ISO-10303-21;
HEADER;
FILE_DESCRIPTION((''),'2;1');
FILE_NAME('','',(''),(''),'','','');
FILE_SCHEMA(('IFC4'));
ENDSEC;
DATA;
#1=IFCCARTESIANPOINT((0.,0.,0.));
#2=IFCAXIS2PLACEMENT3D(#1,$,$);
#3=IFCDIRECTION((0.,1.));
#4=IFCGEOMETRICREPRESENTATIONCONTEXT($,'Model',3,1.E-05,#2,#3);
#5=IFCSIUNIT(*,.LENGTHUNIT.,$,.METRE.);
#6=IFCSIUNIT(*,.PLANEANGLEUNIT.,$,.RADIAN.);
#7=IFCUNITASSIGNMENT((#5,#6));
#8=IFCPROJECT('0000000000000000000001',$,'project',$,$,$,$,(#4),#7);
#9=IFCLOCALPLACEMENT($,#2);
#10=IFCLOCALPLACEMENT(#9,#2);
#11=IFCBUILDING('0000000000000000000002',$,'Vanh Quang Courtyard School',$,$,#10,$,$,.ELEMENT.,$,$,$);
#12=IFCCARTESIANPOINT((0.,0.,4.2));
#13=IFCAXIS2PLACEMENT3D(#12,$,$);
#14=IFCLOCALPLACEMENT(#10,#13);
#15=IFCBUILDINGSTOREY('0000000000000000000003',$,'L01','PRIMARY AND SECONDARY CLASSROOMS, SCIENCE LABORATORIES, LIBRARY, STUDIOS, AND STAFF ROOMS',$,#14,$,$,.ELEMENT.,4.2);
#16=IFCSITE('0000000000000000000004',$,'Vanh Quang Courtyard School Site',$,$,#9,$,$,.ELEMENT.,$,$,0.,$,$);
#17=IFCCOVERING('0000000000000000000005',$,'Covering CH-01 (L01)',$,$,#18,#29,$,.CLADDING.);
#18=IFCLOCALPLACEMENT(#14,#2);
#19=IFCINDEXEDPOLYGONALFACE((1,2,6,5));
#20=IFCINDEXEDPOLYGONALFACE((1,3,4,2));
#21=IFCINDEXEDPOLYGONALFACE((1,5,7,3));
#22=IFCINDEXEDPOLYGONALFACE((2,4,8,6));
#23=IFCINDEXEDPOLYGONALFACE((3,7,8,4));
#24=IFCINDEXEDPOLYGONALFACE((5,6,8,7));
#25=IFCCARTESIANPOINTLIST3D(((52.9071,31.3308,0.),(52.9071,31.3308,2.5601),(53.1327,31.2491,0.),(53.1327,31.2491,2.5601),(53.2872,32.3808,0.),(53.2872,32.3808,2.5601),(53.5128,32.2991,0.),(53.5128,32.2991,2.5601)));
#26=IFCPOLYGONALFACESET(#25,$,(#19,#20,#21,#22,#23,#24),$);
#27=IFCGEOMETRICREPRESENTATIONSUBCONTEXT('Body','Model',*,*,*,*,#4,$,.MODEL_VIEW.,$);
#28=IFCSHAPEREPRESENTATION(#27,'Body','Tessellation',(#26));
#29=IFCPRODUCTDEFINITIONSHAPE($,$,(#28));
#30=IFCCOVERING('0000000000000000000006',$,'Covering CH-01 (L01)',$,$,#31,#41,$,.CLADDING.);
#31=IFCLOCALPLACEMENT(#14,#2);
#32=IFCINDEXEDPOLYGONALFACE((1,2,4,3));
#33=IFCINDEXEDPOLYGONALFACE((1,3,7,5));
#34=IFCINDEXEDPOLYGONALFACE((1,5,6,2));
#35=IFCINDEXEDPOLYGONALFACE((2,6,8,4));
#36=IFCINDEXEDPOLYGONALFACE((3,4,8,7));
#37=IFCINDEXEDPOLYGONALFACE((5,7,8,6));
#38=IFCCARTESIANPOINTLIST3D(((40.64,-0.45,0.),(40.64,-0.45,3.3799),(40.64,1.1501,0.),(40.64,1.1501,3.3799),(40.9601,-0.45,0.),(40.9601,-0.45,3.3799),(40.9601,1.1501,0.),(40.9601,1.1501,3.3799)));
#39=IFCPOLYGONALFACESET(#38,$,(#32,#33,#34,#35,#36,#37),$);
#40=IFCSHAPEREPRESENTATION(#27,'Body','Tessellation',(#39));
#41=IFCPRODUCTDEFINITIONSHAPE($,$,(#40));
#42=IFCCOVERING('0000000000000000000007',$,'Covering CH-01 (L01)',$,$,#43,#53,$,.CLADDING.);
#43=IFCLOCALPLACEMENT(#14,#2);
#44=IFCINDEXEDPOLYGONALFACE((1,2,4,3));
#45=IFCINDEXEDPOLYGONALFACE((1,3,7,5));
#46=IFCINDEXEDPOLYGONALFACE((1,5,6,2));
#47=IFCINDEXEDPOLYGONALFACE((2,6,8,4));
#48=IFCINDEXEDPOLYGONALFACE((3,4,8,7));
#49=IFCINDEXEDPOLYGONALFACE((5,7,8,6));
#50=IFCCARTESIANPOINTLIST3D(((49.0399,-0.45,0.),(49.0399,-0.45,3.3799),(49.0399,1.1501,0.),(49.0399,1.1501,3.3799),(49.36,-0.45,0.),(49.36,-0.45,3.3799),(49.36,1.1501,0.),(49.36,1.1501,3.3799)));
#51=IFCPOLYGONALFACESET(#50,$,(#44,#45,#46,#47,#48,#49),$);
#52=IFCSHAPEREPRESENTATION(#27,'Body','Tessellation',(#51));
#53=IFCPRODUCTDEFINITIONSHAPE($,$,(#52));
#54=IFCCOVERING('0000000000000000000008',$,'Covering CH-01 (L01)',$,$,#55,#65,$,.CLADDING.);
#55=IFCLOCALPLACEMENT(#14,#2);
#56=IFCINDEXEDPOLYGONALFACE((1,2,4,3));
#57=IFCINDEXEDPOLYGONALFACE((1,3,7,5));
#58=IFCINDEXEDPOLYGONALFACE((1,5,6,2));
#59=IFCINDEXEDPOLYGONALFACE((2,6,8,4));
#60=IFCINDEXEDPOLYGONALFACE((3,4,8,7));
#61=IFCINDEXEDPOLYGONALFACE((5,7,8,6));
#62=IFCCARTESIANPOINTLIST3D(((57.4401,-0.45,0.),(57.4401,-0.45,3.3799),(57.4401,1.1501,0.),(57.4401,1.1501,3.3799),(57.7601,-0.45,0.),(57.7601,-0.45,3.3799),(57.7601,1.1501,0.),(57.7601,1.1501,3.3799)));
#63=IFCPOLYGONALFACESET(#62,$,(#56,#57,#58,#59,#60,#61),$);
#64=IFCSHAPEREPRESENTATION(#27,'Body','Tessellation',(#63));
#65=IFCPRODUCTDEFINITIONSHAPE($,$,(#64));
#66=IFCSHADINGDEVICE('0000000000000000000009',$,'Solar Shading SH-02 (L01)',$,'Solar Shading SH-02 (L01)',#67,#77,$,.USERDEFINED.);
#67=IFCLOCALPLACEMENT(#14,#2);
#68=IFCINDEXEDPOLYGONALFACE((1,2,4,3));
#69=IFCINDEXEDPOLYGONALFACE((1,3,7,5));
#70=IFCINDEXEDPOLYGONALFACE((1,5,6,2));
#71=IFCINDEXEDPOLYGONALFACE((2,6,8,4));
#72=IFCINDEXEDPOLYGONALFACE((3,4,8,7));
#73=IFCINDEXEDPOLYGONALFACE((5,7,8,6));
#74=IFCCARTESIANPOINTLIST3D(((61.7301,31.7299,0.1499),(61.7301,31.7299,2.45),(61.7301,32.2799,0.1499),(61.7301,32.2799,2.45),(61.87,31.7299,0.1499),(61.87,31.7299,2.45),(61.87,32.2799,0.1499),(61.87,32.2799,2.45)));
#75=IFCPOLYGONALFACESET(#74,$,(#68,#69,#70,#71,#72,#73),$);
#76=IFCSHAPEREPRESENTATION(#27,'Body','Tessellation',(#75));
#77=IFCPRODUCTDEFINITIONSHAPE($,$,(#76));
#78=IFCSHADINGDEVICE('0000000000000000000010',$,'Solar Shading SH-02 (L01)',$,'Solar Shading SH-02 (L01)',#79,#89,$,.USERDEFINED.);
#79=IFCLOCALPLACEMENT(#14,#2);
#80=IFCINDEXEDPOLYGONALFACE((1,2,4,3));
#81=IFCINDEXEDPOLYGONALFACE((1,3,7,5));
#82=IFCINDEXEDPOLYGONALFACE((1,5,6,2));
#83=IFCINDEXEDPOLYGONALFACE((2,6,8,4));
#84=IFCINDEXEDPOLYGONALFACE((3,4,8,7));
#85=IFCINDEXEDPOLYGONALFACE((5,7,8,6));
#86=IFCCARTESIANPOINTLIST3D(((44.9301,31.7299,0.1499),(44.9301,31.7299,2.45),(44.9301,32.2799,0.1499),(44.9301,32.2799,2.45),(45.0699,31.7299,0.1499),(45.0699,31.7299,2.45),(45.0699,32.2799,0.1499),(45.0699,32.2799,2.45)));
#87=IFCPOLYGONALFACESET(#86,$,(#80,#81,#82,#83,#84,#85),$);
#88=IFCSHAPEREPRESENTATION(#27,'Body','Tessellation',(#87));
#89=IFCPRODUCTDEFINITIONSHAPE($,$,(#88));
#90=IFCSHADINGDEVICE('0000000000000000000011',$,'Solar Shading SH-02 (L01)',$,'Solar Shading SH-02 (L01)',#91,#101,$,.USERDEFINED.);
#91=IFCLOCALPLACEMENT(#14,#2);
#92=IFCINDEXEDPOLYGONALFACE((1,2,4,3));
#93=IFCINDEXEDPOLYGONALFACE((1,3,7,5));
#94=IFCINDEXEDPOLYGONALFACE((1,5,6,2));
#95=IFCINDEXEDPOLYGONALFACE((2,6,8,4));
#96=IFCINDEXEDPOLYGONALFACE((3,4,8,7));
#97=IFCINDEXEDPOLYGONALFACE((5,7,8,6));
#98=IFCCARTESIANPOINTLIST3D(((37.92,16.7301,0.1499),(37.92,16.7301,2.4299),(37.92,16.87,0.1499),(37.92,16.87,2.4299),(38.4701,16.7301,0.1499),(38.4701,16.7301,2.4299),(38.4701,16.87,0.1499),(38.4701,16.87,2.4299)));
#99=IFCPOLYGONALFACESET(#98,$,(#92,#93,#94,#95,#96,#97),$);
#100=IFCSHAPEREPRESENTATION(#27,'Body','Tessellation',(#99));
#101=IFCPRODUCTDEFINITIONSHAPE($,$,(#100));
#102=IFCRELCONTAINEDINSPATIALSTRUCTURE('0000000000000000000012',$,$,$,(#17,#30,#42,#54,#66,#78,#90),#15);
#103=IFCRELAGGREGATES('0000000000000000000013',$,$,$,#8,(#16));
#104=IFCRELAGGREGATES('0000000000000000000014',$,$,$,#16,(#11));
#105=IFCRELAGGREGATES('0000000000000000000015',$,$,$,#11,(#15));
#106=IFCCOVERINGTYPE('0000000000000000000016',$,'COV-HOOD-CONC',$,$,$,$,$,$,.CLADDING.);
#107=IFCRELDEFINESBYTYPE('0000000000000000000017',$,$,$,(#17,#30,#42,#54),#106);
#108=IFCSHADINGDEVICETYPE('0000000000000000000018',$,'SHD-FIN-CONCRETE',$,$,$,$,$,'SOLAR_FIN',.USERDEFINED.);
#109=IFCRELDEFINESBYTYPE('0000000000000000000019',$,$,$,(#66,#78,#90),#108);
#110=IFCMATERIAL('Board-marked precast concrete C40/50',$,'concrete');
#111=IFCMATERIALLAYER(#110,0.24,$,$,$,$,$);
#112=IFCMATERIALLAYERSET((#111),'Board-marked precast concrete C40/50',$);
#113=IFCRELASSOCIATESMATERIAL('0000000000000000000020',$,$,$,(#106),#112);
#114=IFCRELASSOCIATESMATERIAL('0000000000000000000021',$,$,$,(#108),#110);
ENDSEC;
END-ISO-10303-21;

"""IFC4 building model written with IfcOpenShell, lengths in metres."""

from ifc_helpers import new_model, si_unit, direction, frame, origin, origin_2d, place, context, subcontext, project, spatial, rectangle, extrude, material, layer, layer_set, type_object, element, save


model = new_model("IFC4")

# Units and contexts
model_context = context("Model", 3, precision=1e-05, world=origin(), true_north=direction((0.0, 1.0)))
body_context = subcontext(model_context, "Body", "Model", "MODEL_VIEW")
ifc_project = project(units=[si_unit("LENGTHUNIT", "METRE"), si_unit("PLANEANGLEUNIT", "RADIAN")], contexts=[model_context])

# Site, building, storey
site_placement = place(None, origin())
site = spatial("IfcSite", under=ifc_project, at=site_placement, Name="Vanh Quang Courtyard School Site", CompositionType="ELEMENT", RefElevation=0.0)
building_placement = place(site_placement, origin())
building = spatial("IfcBuilding", under=site, at=building_placement, Name="Vanh Quang Courtyard School", CompositionType="ELEMENT")
storey_placement = place(building_placement, frame((0.0, 0.0, 4.2)))
storey = spatial("IfcBuildingStorey", under=building, at=storey_placement, Name="L01", Description="PRIMARY AND SECONDARY CLASSROOMS, SCIENCE LABORATORIES, LIBRARY, STUDIOS, AND STAFF ROOMS", CompositionType="ELEMENT", Elevation=4.2)

# Coverings
ifc_material_1 = material(Name="Board-marked precast concrete C40/50", Category="concrete")
ifc_layer_1 = layer(ifc_material_1, 0.24)
ifc_layer_set_1 = layer_set([ifc_layer_1], Name="Board-marked precast concrete C40/50")
covering_type = type_object("IfcCoveringType", Name="COV-HOOD-CONC", PredefinedType="CLADDING", material=ifc_layer_set_1)
covering_placement = place(storey_placement, frame((53.21, 31.8149, 0.0), z_axis=(0.0, 0.0, 1.0), x_axis=(-0.34038, -0.940288, 0.0)))
element("IfcCovering", 1, at=covering_placement, inside=storey, type_object=covering_type, Name="Covering CH-01 (L01)", PredefinedType="CLADDING", context=body_context, shape_type="SweptSolid", body=[
    extrude(rectangle(XDim=1.1167, YDim=0.24, at=origin_2d()), origin(), (0.0, 0.0, 1.0), 2.5601),
])
for number, where, z_axis, x_axis, name in (
    (2, (40.8, 0.3501, 0.0), (0.0, 0.0, 1.0), (0.0, 1.0, 0.0), "Covering CH-01 (L01)"),
    (3, (49.2, 0.3501, 0.0), (0.0, 0.0, 1.0), (0.0, 1.0, 0.0), "Covering CH-01 (L01)"),
    (4, (57.6001, 0.3501, 0.0), (0.0, 0.0, 1.0), (0.0, 1.0, 0.0), "Covering CH-01 (L01)"),
):
    element("IfcCovering", number, at=place(storey_placement, frame(where, z_axis=z_axis, x_axis=x_axis)), inside=storey, type_object=covering_type, Name=name, PredefinedType="CLADDING", context=body_context, shape_type="SweptSolid", body=[
        extrude(rectangle(XDim=1.6001, YDim=0.3201, at=origin_2d()), origin(), (0.0, 0.0, 1.0), 3.3799),
    ])

# Shading devices
shading_device_type = type_object("IfcShadingDeviceType", Name="SHD-FIN-CONCRETE", ElementType="SOLAR_FIN", PredefinedType="USERDEFINED", material=ifc_material_1)
for number, where, z_axis, x_axis, name in (
    (5, (61.8, 32.0049, 0.1499), (0.0, 0.0, 1.0), (-1.0, 0.0, 0.0), "Solar Shading SH-02 (L01)"),
    (6, (45.0, 32.0049, 0.1499), (0.0, 0.0, 1.0), (-1.0, 0.0, 0.0), "Solar Shading SH-02 (L01)"),
):
    element("IfcShadingDevice", number, at=place(storey_placement, frame(where, z_axis=z_axis, x_axis=x_axis)), inside=storey, type_object=shading_device_type, Name=name, ObjectType="Solar Shading SH-02 (L01)", PredefinedType="USERDEFINED", context=body_context, shape_type="SweptSolid", body=[
        extrude(rectangle(XDim=0.1399, YDim=0.55, at=origin_2d()), origin(), (0.0, 0.0, 1.0), 2.3),
    ])
shading_device_placement = place(storey_placement, frame((38.1951, 16.8, 0.1499), z_axis=(0.0, 0.0, 1.0), x_axis=(0.0, -1.0, 0.0)))
element("IfcShadingDevice", 7, at=shading_device_placement, inside=storey, type_object=shading_device_type, Name="Solar Shading SH-02 (L01)", ObjectType="Solar Shading SH-02 (L01)", PredefinedType="USERDEFINED", context=body_context, shape_type="SweptSolid", body=[
    extrude(rectangle(XDim=0.1399, YDim=0.55, at=origin_2d()), origin(), (0.0, 0.0, 1.0), 2.28),
])

save(model, "model.ifc")
